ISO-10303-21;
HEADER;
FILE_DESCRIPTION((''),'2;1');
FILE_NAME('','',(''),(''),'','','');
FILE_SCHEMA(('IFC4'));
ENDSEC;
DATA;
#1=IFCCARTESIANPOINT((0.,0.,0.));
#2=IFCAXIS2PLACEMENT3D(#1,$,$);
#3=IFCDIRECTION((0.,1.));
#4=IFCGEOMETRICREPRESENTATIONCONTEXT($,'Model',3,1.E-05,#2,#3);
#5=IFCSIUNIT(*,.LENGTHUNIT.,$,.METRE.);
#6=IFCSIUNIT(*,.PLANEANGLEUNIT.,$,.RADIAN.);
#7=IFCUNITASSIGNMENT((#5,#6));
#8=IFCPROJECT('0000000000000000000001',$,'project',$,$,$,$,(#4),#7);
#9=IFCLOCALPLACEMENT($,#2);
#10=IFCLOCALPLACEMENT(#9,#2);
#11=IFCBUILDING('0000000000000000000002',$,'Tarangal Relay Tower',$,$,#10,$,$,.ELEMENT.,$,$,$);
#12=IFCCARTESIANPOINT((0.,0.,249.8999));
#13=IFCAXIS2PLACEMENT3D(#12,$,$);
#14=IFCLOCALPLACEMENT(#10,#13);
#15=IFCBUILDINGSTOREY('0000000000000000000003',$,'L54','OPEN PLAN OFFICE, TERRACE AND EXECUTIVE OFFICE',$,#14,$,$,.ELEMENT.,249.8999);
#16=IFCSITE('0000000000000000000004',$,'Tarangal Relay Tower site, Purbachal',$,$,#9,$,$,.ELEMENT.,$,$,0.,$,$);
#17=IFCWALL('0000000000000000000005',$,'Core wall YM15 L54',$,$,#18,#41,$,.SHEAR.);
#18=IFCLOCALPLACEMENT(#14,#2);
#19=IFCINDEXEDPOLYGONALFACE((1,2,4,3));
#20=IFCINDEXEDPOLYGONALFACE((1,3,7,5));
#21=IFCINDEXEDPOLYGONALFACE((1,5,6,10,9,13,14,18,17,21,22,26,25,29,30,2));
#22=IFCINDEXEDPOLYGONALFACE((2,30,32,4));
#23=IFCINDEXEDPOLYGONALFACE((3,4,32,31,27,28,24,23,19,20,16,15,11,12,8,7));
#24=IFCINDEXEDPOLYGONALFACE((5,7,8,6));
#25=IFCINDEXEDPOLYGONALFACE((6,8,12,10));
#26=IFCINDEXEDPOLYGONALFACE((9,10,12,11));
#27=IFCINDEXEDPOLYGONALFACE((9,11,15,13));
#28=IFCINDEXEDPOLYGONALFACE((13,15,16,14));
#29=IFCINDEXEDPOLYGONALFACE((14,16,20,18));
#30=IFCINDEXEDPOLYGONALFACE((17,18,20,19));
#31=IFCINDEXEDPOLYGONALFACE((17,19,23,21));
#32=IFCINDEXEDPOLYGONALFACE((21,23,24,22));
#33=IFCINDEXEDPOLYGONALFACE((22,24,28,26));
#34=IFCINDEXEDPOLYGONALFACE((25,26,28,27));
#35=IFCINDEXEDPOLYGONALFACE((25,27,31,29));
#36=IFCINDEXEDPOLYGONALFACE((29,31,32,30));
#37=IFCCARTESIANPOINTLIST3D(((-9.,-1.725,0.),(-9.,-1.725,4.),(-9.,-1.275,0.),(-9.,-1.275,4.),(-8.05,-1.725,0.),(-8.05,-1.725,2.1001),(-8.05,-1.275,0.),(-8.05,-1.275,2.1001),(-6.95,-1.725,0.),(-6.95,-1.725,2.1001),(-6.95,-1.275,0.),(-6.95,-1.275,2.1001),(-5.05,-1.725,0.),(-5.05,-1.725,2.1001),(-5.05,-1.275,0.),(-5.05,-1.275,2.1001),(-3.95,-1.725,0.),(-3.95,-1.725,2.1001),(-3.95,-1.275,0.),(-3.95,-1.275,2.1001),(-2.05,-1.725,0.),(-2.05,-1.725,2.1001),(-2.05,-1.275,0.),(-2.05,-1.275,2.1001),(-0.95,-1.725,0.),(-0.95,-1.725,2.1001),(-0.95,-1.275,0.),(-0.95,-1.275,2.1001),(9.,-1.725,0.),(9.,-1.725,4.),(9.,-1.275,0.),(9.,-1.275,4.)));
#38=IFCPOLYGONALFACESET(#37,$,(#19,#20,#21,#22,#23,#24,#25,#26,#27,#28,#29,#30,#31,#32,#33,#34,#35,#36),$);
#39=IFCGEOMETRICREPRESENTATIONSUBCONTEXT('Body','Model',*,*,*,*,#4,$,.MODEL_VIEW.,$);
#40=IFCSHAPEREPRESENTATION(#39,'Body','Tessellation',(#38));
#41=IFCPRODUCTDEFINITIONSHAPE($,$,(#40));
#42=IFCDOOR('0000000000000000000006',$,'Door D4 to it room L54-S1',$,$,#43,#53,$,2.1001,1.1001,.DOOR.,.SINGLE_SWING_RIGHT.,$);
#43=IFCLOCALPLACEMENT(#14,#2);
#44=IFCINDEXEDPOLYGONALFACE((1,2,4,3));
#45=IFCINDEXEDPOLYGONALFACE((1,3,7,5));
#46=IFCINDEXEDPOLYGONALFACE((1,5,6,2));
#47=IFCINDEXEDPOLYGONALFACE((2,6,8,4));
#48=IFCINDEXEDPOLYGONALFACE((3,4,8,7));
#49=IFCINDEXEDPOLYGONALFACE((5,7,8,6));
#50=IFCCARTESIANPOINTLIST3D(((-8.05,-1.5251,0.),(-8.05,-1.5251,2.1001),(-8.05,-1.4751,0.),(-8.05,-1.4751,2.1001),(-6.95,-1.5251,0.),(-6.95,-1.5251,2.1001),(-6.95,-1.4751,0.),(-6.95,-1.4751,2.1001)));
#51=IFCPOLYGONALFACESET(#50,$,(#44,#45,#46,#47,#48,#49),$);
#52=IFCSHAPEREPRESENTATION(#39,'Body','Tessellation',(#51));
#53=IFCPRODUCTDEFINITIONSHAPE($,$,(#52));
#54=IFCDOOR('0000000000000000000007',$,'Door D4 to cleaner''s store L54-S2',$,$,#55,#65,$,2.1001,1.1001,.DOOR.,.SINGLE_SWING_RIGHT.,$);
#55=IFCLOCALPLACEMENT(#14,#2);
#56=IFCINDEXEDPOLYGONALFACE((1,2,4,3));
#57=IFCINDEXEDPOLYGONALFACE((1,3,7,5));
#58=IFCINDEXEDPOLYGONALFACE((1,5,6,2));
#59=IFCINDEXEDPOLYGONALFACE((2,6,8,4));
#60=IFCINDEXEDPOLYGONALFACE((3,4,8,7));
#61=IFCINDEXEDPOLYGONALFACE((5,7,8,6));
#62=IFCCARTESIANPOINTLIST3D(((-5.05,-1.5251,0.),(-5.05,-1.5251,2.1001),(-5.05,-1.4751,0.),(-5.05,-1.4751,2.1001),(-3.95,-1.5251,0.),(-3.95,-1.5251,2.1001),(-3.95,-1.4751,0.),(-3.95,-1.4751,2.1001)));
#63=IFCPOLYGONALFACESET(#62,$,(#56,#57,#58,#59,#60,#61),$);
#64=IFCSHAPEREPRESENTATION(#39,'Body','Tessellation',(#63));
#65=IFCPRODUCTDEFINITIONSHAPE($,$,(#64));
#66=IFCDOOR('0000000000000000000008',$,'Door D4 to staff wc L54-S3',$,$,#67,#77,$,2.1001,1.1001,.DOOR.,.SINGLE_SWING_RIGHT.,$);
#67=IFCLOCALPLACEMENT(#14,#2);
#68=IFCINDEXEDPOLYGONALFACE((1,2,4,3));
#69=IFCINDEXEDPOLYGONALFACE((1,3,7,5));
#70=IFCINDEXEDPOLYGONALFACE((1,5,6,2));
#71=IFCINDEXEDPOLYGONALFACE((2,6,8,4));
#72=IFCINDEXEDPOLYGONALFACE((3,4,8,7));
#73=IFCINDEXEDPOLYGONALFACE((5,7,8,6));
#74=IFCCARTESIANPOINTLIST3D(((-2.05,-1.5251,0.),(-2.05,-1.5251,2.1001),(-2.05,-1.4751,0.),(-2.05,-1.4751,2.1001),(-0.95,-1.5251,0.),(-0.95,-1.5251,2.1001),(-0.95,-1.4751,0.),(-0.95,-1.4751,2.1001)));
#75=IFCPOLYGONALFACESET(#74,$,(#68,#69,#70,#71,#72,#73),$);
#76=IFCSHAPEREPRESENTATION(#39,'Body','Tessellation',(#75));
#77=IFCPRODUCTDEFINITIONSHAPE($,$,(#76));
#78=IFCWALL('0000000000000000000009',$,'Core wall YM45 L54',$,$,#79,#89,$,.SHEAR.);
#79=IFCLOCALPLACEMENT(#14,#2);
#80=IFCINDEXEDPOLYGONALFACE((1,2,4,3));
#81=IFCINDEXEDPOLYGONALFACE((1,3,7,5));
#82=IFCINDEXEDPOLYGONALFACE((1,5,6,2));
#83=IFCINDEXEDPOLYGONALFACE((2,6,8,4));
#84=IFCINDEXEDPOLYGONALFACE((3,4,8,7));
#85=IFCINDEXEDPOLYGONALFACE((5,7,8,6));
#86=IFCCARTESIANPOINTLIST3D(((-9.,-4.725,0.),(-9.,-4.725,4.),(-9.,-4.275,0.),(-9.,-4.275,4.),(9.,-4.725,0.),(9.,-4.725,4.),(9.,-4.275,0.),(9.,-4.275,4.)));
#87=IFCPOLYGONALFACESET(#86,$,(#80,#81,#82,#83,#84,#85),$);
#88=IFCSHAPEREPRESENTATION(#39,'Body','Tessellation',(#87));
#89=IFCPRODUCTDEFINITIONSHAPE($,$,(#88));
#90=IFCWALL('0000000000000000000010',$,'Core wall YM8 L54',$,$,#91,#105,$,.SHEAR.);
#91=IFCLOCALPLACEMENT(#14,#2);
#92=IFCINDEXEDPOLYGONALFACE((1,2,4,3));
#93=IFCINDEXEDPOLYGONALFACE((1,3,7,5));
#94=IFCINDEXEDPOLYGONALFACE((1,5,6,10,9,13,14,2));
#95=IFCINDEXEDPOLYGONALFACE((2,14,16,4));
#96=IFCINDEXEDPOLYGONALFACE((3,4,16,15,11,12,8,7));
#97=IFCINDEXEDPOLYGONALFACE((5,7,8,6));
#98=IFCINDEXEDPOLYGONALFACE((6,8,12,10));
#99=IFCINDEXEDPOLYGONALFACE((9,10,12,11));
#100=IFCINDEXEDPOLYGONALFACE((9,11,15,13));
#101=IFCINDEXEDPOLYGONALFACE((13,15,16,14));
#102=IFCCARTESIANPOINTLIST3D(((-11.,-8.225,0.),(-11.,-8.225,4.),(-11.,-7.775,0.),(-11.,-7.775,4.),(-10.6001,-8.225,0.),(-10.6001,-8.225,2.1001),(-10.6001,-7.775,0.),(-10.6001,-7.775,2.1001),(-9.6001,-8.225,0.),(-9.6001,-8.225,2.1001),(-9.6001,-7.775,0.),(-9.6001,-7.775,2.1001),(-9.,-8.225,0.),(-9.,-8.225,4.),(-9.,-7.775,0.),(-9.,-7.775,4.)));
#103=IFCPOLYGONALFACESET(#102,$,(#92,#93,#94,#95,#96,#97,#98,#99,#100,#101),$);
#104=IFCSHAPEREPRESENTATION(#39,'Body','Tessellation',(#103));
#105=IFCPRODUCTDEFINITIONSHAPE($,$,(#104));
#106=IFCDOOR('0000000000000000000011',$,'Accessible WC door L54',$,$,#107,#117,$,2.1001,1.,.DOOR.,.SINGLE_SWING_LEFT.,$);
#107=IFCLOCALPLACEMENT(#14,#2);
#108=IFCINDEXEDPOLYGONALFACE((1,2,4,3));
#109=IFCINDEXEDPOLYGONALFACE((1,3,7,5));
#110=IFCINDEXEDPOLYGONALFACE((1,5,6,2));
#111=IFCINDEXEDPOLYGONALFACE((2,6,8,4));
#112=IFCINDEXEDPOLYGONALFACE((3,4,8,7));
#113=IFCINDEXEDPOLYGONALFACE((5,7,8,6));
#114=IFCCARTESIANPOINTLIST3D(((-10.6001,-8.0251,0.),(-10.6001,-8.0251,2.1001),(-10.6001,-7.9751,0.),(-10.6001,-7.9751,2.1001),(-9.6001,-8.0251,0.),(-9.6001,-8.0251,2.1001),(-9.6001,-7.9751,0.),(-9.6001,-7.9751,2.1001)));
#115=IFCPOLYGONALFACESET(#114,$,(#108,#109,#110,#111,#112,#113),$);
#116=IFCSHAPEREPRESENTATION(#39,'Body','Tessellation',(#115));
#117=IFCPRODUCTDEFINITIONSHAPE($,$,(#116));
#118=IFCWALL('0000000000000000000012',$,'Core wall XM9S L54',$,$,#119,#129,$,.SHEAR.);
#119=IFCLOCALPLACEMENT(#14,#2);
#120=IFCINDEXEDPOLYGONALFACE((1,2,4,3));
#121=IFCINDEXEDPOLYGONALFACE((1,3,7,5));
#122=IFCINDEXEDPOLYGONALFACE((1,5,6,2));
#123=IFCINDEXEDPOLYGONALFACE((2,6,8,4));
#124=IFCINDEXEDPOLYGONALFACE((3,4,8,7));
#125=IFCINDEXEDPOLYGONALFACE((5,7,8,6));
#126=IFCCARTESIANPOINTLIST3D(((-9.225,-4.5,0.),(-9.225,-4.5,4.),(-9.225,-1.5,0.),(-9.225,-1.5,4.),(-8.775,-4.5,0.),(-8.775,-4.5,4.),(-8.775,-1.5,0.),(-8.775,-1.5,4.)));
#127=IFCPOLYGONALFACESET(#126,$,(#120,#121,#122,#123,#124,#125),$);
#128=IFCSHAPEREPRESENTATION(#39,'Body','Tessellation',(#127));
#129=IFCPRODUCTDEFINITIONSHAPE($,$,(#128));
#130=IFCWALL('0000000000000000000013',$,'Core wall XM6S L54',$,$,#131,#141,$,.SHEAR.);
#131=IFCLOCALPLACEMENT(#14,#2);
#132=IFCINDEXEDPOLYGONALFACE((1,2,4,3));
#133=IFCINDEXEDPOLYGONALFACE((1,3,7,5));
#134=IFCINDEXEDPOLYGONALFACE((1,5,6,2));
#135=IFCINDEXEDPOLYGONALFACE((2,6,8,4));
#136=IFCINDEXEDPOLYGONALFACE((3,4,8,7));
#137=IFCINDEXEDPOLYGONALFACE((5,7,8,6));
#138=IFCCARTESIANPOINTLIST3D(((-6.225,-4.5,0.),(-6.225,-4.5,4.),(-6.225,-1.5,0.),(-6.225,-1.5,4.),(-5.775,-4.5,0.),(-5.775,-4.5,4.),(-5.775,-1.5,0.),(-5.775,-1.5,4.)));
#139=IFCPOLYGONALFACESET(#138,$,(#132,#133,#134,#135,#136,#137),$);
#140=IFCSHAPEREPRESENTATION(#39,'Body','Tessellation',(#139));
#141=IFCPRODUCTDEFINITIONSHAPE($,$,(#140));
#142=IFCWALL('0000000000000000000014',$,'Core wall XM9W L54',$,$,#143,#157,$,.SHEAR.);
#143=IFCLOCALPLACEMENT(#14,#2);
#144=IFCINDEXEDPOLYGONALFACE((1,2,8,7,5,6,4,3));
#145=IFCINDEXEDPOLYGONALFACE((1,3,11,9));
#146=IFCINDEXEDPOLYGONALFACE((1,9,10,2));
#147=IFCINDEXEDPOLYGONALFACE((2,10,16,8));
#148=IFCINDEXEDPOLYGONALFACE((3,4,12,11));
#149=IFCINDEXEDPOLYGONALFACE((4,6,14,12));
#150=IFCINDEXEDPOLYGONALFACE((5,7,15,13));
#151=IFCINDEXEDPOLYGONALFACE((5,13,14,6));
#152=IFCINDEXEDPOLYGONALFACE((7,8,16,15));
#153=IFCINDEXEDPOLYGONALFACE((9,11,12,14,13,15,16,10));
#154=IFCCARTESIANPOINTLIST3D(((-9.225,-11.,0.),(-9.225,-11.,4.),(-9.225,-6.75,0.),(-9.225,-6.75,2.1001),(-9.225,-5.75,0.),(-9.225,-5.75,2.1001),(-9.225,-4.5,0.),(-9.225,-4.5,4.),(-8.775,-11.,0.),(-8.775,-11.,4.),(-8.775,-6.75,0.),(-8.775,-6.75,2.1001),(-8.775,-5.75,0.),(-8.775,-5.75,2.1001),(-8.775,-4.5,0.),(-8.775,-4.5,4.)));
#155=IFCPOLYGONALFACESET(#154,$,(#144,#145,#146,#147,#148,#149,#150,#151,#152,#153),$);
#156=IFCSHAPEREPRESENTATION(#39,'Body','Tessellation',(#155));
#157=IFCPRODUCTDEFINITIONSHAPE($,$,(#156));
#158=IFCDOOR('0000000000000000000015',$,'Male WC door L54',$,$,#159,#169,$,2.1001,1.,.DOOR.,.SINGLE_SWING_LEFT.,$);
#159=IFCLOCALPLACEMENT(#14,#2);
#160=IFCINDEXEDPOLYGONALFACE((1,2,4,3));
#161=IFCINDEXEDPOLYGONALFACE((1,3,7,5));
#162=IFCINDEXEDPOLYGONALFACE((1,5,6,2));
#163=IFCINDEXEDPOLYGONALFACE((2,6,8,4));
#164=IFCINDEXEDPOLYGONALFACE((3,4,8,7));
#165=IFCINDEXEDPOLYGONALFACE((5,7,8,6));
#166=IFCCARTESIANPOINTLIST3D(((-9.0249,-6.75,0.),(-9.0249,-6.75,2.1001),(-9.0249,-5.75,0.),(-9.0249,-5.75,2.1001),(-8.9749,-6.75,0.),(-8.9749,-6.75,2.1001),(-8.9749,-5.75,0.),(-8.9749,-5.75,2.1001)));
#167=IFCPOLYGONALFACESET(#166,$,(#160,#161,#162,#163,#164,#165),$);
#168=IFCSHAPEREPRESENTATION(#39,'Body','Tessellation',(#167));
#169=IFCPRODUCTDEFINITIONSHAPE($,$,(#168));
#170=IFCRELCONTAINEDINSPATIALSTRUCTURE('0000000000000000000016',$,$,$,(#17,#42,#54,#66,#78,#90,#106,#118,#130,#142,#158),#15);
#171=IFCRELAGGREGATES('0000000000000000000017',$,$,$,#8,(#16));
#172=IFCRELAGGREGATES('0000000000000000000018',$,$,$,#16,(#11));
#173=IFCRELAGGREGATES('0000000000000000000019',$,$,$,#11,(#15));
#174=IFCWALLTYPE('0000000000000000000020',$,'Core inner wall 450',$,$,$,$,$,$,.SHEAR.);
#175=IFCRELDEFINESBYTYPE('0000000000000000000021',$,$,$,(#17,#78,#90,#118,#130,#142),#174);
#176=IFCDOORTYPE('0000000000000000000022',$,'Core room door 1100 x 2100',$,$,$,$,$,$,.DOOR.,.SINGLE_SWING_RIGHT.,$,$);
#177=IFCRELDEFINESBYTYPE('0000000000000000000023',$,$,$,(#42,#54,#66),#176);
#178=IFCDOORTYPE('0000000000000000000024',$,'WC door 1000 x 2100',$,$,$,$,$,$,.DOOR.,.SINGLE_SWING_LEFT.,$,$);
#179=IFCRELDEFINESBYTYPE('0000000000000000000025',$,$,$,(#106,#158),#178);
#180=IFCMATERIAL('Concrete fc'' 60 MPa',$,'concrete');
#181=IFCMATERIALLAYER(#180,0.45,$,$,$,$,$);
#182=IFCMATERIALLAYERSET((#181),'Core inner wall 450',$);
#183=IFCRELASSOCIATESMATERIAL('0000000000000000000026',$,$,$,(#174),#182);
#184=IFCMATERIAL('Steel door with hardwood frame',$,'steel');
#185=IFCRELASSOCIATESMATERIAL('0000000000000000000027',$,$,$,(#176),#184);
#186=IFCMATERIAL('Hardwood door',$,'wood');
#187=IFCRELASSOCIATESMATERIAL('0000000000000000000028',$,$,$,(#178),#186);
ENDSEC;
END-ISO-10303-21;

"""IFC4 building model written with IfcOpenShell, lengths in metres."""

from ifc_helpers import new_model, si_unit, direction, frame, frame_2d, origin, place, context, subcontext, project, spatial, rectangle, extrude, material, layer, layer_set, type_object, element, fill, save


model = new_model("IFC4")

# Units and contexts
model_context = context("Model", 3, precision=1e-05, world=origin(), true_north=direction((0.0, 1.0)))
body_context = subcontext(model_context, "Body", "Model", "MODEL_VIEW")
ifc_project = project(units=[si_unit("LENGTHUNIT", "METRE"), si_unit("PLANEANGLEUNIT", "RADIAN")], contexts=[model_context])

# Site, building, storey
site_placement = place(None, origin())
site = spatial("IfcSite", under=ifc_project, at=site_placement, Name="Tarangal Relay Tower site, Purbachal", CompositionType="ELEMENT", RefElevation=0.0)
building_placement = place(site_placement, origin())
building = spatial("IfcBuilding", under=site, at=building_placement, Name="Tarangal Relay Tower", CompositionType="ELEMENT")
storey_placement = place(building_placement, frame((0.0, 0.0, 249.8999)))
storey = spatial("IfcBuildingStorey", under=building, at=storey_placement, Name="L54", Description="OPEN PLAN OFFICE, TERRACE AND EXECUTIVE OFFICE", CompositionType="ELEMENT", Elevation=249.8999)

# Wall, openings, doors
ifc_material_1 = material(Name="Concrete fc' 60 MPa", Category="concrete")
ifc_layer_1 = layer(ifc_material_1, 0.45)
ifc_layer_set_1 = layer_set([ifc_layer_1], Name="Core inner wall 450")
wall_type_1 = type_object("IfcWallType", Name="Core inner wall 450", PredefinedType="SHEAR", material=ifc_layer_set_1)
wall_1_placement = place(storey_placement, frame((-9.0, -1.5, 0.0), z_axis=(0.0, 0.0, 1.0), x_axis=(1.0, 0.0, 0.0)))
wall_1 = element("IfcWall", 1, at=wall_1_placement, inside=storey, type_object=wall_type_1, Name="Core wall YM15 L54", PredefinedType="SHEAR", context=body_context, shape_type="SweptSolid", body=[
    extrude(rectangle(XDim=18.0, YDim=0.45, at=frame_2d((9.0, 0.0))), origin(), (0.0, 0.0, 1.0), 4.0),
])
opening_1_placement = place(wall_1_placement, frame((0.95, 0.0, 0.0)))
opening_1 = element("IfcOpeningElement", 2, at=opening_1_placement, cuts=wall_1, PredefinedType="OPENING", context=body_context, shape_type="SweptSolid", body=[
    extrude(rectangle(XDim=1.1001, YDim=2.1001, at=frame_2d((0.55, 1.05))), frame((0.0, 0.2349, 0.0), z_axis=(0.0, -1.0, 0.0), x_axis=(1.0, 0.0, 0.0)), (0.0, 0.0, 1.0), 0.47),
])
opening_2_placement = place(wall_1_placement, frame((3.95, 0.0, 0.0)))
opening_2 = element("IfcOpeningElement", 3, at=opening_2_placement, cuts=wall_1, PredefinedType="OPENING", context=body_context, shape_type="SweptSolid", body=[
    extrude(rectangle(XDim=1.1001, YDim=2.1001, at=frame_2d((0.55, 1.05))), frame((0.0, 0.2349, 0.0), z_axis=(0.0, -1.0, 0.0), x_axis=(1.0, 0.0, 0.0)), (0.0, 0.0, 1.0), 0.47),
])
opening_3_placement = place(wall_1_placement, frame((6.95, 0.0, 0.0)))
opening_3 = element("IfcOpeningElement", 4, at=opening_3_placement, cuts=wall_1, PredefinedType="OPENING", context=body_context, shape_type="SweptSolid", body=[
    extrude(rectangle(XDim=1.1001, YDim=2.1001, at=frame_2d((0.55, 1.05))), frame((0.0, 0.2349, 0.0), z_axis=(0.0, -1.0, 0.0), x_axis=(1.0, 0.0, 0.0)), (0.0, 0.0, 1.0), 0.47),
])
ifc_material_2 = material(Name="Steel door with hardwood frame", Category="steel")
door_type_1 = type_object("IfcDoorType", Name="Core room door 1100 x 2100", OperationType="SINGLE_SWING_RIGHT", PredefinedType="DOOR", material=ifc_material_2)
door_1_placement = place(opening_1_placement, origin())
door_1 = element("IfcDoor", 5, at=door_1_placement, inside=storey, type_object=door_type_1, Name="Door D4 to it room L54-S1", OperationType="SINGLE_SWING_RIGHT", OverallHeight=2.1001, OverallWidth=1.1001, PredefinedType="DOOR", context=body_context, shape_type="SweptSolid", body=[
    extrude(rectangle(XDim=1.1001, YDim=2.1001, at=frame_2d((0.55, 1.05))), frame((0.0, 0.0249, 0.0), z_axis=(0.0, -1.0, 0.0), x_axis=(1.0, 0.0, 0.0)), (0.0, 0.0, 1.0), 0.05),
])
fill(opening_1, door_1)
door_2_placement = place(opening_2_placement, origin())
door_2 = element("IfcDoor", 6, at=door_2_placement, inside=storey, type_object=door_type_1, Name="Door D4 to cleaner's store L54-S2", OperationType="SINGLE_SWING_RIGHT", OverallHeight=2.1001, OverallWidth=1.1001, PredefinedType="DOOR", context=body_context, shape_type="SweptSolid", body=[
    extrude(rectangle(XDim=1.1001, YDim=2.1001, at=frame_2d((0.55, 1.05))), frame((0.0, 0.0249, 0.0), z_axis=(0.0, -1.0, 0.0), x_axis=(1.0, 0.0, 0.0)), (0.0, 0.0, 1.0), 0.05),
])
fill(opening_2, door_2)
door_3_placement = place(opening_3_placement, origin())
door_3 = element("IfcDoor", 7, at=door_3_placement, inside=storey, type_object=door_type_1, Name="Door D4 to staff wc L54-S3", OperationType="SINGLE_SWING_RIGHT", OverallHeight=2.1001, OverallWidth=1.1001, PredefinedType="DOOR", context=body_context, shape_type="SweptSolid", body=[
    extrude(rectangle(XDim=1.1001, YDim=2.1001, at=frame_2d((0.55, 1.05))), frame((0.0, 0.0249, 0.0), z_axis=(0.0, -1.0, 0.0), x_axis=(1.0, 0.0, 0.0)), (0.0, 0.0, 1.0), 0.05),
])
fill(opening_3, door_3)

# Wall
wall_2_placement = place(storey_placement, frame((-9.0, -4.5, 0.0), z_axis=(0.0, 0.0, 1.0), x_axis=(1.0, 0.0, 0.0)))
element("IfcWall", 8, at=wall_2_placement, inside=storey, type_object=wall_type_1, Name="Core wall YM45 L54", PredefinedType="SHEAR", context=body_context, shape_type="SweptSolid", body=[
    extrude(rectangle(XDim=18.0, YDim=0.45, at=frame_2d((9.0, 0.0))), origin(), (0.0, 0.0, 1.0), 4.0),
])

# Wall, opening, door
wall_3_placement = place(storey_placement, frame((-11.0, -8.0, 0.0), z_axis=(0.0, 0.0, 1.0), x_axis=(1.0, 0.0, 0.0)))
wall_3 = element("IfcWall", 9, at=wall_3_placement, inside=storey, type_object=wall_type_1, Name="Core wall YM8 L54", PredefinedType="SHEAR", context=body_context, shape_type="SweptSolid", body=[
    extrude(rectangle(XDim=2.0, YDim=0.45, at=frame_2d((1.0, 0.0))), origin(), (0.0, 0.0, 1.0), 4.0),
])
opening_4_placement = place(wall_3_placement, frame((0.3999, 0.0, 0.0)))
opening_4 = element("IfcOpeningElement", 10, at=opening_4_placement, cuts=wall_3, PredefinedType="OPENING", context=body_context, shape_type="SweptSolid", body=[
    extrude(rectangle(XDim=1.0, YDim=2.1001, at=frame_2d((0.5, 1.05))), frame((0.0, 0.2349, 0.0), z_axis=(0.0, -1.0, 0.0), x_axis=(1.0, 0.0, 0.0)), (0.0, 0.0, 1.0), 0.47),
])
ifc_material_3 = material(Name="Hardwood door", Category="wood")
door_type_2 = type_object("IfcDoorType", Name="WC door 1000 x 2100", OperationType="SINGLE_SWING_LEFT", PredefinedType="DOOR", material=ifc_material_3)
door_4_placement = place(opening_4_placement, origin())
door_4 = element("IfcDoor", 11, at=door_4_placement, inside=storey, type_object=door_type_2, Name="Accessible WC door L54", OperationType="SINGLE_SWING_LEFT", OverallHeight=2.1001, OverallWidth=1.0, PredefinedType="DOOR", context=body_context, shape_type="SweptSolid", body=[
    extrude(rectangle(XDim=1.0, YDim=2.1001, at=frame_2d((0.5, 1.05))), frame((0.0, 0.0249, 0.0), z_axis=(0.0, -1.0, 0.0), x_axis=(1.0, 0.0, 0.0)), (0.0, 0.0, 1.0), 0.05),
])
fill(opening_4, door_4)

# Walls
for number, where, z_axis, x_axis, name in (
    (12, (-9.0, -4.5, 0.0), (0.0, 0.0, 1.0), (0.0, 1.0, 0.0), "Core wall XM9S L54"),
    (13, (-6.0, -4.5, 0.0), (0.0, 0.0, 1.0), (0.0, 1.0, 0.0), "Core wall XM6S L54"),
):
    element("IfcWall", number, at=place(storey_placement, frame(where, z_axis=z_axis, x_axis=x_axis)), inside=storey, type_object=wall_type_1, Name=name, PredefinedType="SHEAR", context=body_context, shape_type="SweptSolid", body=[
        extrude(rectangle(XDim=3.0, YDim=0.45, at=frame_2d((1.5, 0.0))), origin(), (0.0, 0.0, 1.0), 4.0),
    ])

# Wall, opening, door
wall_4_placement = place(storey_placement, frame((-9.0, -11.0, 0.0), z_axis=(0.0, 0.0, 1.0), x_axis=(0.0, 1.0, 0.0)))
wall_4 = element("IfcWall", 14, at=wall_4_placement, inside=storey, type_object=wall_type_1, Name="Core wall XM9W L54", PredefinedType="SHEAR", context=body_context, shape_type="SweptSolid", body=[
    extrude(rectangle(XDim=6.5, YDim=0.45, at=frame_2d((3.25, 0.0))), origin(), (0.0, 0.0, 1.0), 4.0),
])
opening_5_placement = place(wall_4_placement, frame((4.25, 0.0, 0.0)))
opening_5 = element("IfcOpeningElement", 15, at=opening_5_placement, cuts=wall_4, PredefinedType="OPENING", context=body_context, shape_type="SweptSolid", body=[
    extrude(rectangle(XDim=1.0, YDim=2.1001, at=frame_2d((0.5, 1.05))), frame((0.0, 0.2349, 0.0), z_axis=(0.0, -1.0, 0.0), x_axis=(1.0, 0.0, 0.0)), (0.0, 0.0, 1.0), 0.47),
])
door_5_placement = place(opening_5_placement, origin())
door_5 = element("IfcDoor", 16, at=door_5_placement, inside=storey, type_object=door_type_2, Name="Male WC door L54", OperationType="SINGLE_SWING_LEFT", OverallHeight=2.1001, OverallWidth=1.0, PredefinedType="DOOR", context=body_context, shape_type="SweptSolid", body=[
    extrude(rectangle(XDim=1.0, YDim=2.1001, at=frame_2d((0.5, 1.05))), frame((0.0, 0.0249, 0.0), z_axis=(0.0, -1.0, 0.0), x_axis=(1.0, 0.0, 0.0)), (0.0, 0.0, 1.0), 0.05),
])
fill(opening_5, door_5)

save(model, "model.ifc")
